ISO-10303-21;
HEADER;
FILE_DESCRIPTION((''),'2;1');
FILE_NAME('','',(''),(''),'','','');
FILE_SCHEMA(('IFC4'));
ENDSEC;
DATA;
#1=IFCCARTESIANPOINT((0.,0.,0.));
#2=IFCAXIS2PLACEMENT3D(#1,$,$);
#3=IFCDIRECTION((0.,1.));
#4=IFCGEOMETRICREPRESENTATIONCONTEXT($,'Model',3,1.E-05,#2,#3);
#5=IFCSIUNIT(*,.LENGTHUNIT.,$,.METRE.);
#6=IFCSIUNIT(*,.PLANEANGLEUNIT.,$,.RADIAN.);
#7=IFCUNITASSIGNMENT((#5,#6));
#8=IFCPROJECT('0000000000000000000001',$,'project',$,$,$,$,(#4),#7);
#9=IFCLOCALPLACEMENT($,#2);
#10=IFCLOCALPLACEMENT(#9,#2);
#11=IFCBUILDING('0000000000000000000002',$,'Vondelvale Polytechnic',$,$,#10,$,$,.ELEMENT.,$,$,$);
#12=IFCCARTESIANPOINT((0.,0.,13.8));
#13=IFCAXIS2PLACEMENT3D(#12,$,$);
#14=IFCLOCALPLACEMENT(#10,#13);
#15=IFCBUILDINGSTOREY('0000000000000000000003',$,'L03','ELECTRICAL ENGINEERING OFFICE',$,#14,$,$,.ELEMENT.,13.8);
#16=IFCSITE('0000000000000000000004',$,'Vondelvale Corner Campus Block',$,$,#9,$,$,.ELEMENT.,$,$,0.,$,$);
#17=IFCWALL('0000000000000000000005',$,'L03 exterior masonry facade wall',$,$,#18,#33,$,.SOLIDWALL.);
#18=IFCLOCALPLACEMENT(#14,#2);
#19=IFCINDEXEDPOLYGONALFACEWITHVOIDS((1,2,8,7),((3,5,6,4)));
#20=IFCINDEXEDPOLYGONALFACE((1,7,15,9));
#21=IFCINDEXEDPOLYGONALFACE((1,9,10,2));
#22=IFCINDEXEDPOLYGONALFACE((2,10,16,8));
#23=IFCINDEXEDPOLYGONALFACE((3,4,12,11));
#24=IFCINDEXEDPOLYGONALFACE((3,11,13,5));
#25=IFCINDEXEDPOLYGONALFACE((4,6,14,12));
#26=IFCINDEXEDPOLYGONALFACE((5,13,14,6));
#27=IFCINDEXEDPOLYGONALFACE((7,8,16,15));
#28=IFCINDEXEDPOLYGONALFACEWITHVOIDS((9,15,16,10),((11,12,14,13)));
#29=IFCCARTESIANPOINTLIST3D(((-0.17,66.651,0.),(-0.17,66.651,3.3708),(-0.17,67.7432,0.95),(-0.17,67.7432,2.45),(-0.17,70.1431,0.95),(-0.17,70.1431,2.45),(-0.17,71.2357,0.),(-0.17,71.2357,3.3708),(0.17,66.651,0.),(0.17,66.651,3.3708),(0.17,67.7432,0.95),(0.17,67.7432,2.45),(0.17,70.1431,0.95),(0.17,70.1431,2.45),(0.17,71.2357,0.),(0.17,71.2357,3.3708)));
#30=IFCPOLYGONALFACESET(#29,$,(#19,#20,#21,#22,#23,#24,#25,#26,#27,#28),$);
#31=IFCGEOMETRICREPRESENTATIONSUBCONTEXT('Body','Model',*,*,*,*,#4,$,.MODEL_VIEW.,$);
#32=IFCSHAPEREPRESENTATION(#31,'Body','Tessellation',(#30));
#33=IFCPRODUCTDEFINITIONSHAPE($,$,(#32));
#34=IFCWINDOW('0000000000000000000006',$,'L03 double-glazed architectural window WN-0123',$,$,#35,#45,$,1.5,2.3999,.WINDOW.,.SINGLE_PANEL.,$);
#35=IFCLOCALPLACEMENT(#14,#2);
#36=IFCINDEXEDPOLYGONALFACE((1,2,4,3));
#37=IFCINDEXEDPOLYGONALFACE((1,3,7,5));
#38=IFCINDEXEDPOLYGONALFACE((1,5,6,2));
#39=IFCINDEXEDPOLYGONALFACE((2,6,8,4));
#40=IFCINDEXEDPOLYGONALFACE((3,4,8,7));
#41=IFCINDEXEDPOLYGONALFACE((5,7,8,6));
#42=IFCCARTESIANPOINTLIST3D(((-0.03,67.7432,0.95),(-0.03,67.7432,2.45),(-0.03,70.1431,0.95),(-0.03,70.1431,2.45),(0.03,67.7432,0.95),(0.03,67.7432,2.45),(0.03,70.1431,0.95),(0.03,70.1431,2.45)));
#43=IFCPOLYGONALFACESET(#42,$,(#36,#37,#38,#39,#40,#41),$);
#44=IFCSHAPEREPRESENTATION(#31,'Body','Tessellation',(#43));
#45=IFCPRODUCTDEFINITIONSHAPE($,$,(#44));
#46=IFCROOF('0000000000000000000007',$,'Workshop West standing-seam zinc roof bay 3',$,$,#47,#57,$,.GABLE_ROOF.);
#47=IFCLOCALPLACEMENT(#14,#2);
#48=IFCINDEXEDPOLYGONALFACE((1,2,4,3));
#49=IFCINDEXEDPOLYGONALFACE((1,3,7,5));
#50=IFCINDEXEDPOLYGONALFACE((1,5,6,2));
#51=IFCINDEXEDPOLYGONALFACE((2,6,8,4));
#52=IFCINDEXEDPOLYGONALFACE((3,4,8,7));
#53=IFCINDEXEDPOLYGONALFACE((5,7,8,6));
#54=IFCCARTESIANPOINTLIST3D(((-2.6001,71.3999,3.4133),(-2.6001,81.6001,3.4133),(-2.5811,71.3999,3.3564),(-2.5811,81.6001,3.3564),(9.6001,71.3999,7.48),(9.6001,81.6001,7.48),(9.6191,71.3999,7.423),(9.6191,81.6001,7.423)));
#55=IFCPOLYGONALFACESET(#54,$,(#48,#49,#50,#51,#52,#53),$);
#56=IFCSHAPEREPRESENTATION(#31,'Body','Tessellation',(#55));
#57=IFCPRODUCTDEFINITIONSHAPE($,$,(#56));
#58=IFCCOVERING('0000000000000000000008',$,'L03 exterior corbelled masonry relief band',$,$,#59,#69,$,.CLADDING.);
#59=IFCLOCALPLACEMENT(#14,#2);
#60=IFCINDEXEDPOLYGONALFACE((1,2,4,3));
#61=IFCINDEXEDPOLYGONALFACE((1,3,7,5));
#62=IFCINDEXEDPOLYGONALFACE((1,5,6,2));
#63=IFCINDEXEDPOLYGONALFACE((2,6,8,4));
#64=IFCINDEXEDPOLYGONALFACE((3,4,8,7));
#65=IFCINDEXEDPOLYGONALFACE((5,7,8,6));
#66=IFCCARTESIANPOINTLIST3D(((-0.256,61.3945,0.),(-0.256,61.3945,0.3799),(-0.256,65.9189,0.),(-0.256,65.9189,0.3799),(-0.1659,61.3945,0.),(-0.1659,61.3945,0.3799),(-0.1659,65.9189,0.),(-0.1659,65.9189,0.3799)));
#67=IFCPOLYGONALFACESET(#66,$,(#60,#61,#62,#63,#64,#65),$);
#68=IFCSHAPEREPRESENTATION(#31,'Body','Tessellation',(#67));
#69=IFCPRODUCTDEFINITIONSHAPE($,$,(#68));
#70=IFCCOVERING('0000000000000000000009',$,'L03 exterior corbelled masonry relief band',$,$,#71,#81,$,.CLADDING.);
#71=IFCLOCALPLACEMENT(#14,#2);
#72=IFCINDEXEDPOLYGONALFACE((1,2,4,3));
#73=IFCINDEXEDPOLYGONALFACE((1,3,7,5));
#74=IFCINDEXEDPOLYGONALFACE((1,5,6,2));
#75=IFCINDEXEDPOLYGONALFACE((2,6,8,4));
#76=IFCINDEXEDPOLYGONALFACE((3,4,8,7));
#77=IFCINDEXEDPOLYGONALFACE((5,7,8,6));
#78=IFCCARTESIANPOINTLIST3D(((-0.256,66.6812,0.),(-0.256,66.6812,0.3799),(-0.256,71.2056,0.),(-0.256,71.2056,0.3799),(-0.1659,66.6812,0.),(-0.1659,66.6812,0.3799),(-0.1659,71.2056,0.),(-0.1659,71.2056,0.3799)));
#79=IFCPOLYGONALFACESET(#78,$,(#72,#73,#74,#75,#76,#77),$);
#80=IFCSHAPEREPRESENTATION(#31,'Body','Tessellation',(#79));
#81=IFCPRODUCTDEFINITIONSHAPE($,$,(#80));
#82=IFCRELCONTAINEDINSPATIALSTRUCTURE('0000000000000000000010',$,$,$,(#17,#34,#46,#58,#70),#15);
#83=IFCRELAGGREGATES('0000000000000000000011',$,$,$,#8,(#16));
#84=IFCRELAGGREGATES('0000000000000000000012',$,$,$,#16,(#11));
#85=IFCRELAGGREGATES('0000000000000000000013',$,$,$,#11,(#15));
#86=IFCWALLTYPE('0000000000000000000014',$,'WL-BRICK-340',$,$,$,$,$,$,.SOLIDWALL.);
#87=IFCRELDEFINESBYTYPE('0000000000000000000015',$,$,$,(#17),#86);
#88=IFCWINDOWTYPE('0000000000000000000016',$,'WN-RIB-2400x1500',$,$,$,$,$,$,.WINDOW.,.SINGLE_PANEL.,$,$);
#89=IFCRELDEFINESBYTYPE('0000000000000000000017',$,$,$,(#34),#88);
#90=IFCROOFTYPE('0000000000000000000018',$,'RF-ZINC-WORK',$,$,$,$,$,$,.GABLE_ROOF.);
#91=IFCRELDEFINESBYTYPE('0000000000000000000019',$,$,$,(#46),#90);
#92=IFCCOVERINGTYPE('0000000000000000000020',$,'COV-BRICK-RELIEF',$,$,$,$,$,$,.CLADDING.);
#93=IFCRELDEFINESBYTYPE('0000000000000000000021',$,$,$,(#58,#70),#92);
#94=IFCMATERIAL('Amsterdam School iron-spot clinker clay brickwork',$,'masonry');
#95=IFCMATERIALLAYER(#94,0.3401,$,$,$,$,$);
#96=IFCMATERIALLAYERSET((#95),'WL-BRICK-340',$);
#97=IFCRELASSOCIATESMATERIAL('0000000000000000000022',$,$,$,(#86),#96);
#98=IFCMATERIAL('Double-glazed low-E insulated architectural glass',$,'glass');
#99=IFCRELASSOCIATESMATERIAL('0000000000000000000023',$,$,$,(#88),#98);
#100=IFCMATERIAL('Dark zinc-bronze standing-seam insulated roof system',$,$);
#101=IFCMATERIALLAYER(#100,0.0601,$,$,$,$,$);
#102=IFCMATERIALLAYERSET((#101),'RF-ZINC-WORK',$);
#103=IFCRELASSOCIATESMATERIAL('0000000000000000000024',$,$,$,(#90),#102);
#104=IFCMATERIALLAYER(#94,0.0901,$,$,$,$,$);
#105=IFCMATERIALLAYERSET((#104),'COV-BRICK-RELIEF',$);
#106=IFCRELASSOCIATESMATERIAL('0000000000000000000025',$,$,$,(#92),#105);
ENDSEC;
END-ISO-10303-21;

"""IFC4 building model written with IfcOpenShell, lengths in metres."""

from ifc_helpers import new_model, si_unit, direction, frame, frame_2d, origin, origin_2d, place, context, subcontext, project, spatial, polyline, rectangle, outline, extrude, material, layer, layer_set, type_object, element, fill, save


model = new_model("IFC4")

# Units and contexts
model_context = context("Model", 3, precision=1e-05, world=origin(), true_north=direction((0.0, 1.0)))
body_context = subcontext(model_context, "Body", "Model", "MODEL_VIEW")
ifc_project = project(units=[si_unit("LENGTHUNIT", "METRE"), si_unit("PLANEANGLEUNIT", "RADIAN")], contexts=[model_context])

# Site, building, storey
site_placement = place(None, origin())
site = spatial("IfcSite", under=ifc_project, at=site_placement, Name="Vondelvale Corner Campus Block", CompositionType="ELEMENT", RefElevation=0.0)
building_placement = place(site_placement, origin())
building = spatial("IfcBuilding", under=site, at=building_placement, Name="Vondelvale Polytechnic", CompositionType="ELEMENT")
storey_placement = place(building_placement, frame((0.0, 0.0, 13.8)))
storey = spatial("IfcBuildingStorey", under=building, at=storey_placement, Name="L03", Description="ELECTRICAL ENGINEERING OFFICE", CompositionType="ELEMENT", Elevation=13.8)

# Wall, opening, window
ifc_material_1 = material(Name="Amsterdam School iron-spot clinker clay brickwork", Category="masonry")
ifc_layer_1 = layer(ifc_material_1, 0.3401)
ifc_layer_set_1 = layer_set([ifc_layer_1], Name="WL-BRICK-340")
wall_type = type_object("IfcWallType", Name="WL-BRICK-340", PredefinedType="SOLIDWALL", material=ifc_layer_set_1)
ifc_material_2 = material(Name="Double-glazed low-E insulated architectural glass", Category="glass")
window_type = type_object("IfcWindowType", Name="WN-RIB-2400x1500", PartitioningType="SINGLE_PANEL", PredefinedType="WINDOW", material=ifc_material_2)
wall_1_placement = place(storey_placement, frame((0.0, 66.6509, 0.0), z_axis=(0.0, 0.0, 1.0), x_axis=(0.0, 1.0, 0.0)))
wall_1 = element("IfcWall", 1, at=wall_1_placement, inside=storey, type_object=wall_type, Name="L03 exterior masonry facade wall", PredefinedType="SOLIDWALL", context=body_context, shape_type="SweptSolid", body=[
    extrude(rectangle(XDim=4.5847, YDim=0.3401, at=frame_2d((2.2925, 0.0))), origin(), (0.0, 0.0, 1.0), 3.3708),
])
opening_1_placement = place(wall_1_placement, frame((1.0923, 0.0, 0.95)))
opening_1 = element("IfcOpeningElement", 2, at=opening_1_placement, cuts=wall_1, PredefinedType="OPENING", context=body_context, shape_type="SweptSolid", body=[
    extrude(rectangle(XDim=2.3999, YDim=1.5, at=frame_2d((1.2, 0.75))), frame((0.0, 0.1799, 0.0), z_axis=(0.0, -1.0, 0.0), x_axis=(1.0, 0.0, 0.0)), (0.0, 0.0, 1.0), 0.3601),
])
window_1_placement = place(opening_1_placement, origin())
window_1 = element("IfcWindow", 3, at=window_1_placement, inside=storey, type_object=window_type, Name="L03 double-glazed architectural window WN-0123", OverallHeight=1.5, OverallWidth=2.3999, PartitioningType="SINGLE_PANEL", PredefinedType="WINDOW", context=body_context, shape_type="SweptSolid", body=[
    extrude(rectangle(XDim=2.3999, YDim=1.5, at=frame_2d((1.2, 0.75))), frame((0.0, 0.03, 0.0), z_axis=(0.0, -1.0, 0.0), x_axis=(1.0, 0.0, 0.0)), (0.0, 0.0, 1.0), 0.0601),
])
fill(opening_1, window_1)

# Roof
ifc_material_3 = material(Name="Dark zinc-bronze standing-seam insulated roof system")
ifc_layer_2 = layer(ifc_material_3, 0.0601)
ifc_layer_set_2 = layer_set([ifc_layer_2], Name="RF-ZINC-WORK")
roof_type = type_object("IfcRoofType", Name="RF-ZINC-WORK", PredefinedType="GABLE_ROOF", material=ifc_layer_set_2)
roof_placement = place(storey_placement, frame((-2.6001, 71.3999, 3.4133), z_axis=(-0.316222, 0.0, 0.948685), x_axis=(0.948685, 0.0, 0.316222)))
element("IfcRoof", 4, at=roof_placement, inside=storey, type_object=roof_type, Name="Workshop West standing-seam zinc roof bay 3", PredefinedType="GABLE_ROOF", context=body_context, shape_type="SweptSolid", body=[
    extrude(outline(polyline([(0.0, 0.0), (12.8601, 0.0), (12.8601, 10.2002), (0.0, 10.2002), (0.0, 0.0)])), origin(), (0.0, 0.0, -1.0), 0.0601),
])

# Coverings
ifc_layer_3 = layer(ifc_material_1, 0.0901)
ifc_layer_set_3 = layer_set([ifc_layer_3], Name="COV-BRICK-RELIEF")
covering_type = type_object("IfcCoveringType", Name="COV-BRICK-RELIEF", PredefinedType="CLADDING", material=ifc_layer_set_3)
for number, where, z_axis, x_axis, name in (
    (5, (-0.2109, 63.6567, 0.0), (0.0, 0.0, 1.0), (0.0, 1.0, 0.0), "L03 exterior corbelled masonry relief band"),
    (6, (-0.2109, 68.9434, 0.0), (0.0, 0.0, 1.0), (0.0, 1.0, 0.0), "L03 exterior corbelled masonry relief band"),
):
    element("IfcCovering", number, at=place(storey_placement, frame(where, z_axis=z_axis, x_axis=x_axis)), inside=storey, type_object=covering_type, Name=name, PredefinedType="CLADDING", context=body_context, shape_type="SweptSolid", body=[
        extrude(rectangle(XDim=4.5244, YDim=0.0901, at=origin_2d()), origin(), (0.0, 0.0, 1.0), 0.3799),
    ])

save(model, "model.ifc")
